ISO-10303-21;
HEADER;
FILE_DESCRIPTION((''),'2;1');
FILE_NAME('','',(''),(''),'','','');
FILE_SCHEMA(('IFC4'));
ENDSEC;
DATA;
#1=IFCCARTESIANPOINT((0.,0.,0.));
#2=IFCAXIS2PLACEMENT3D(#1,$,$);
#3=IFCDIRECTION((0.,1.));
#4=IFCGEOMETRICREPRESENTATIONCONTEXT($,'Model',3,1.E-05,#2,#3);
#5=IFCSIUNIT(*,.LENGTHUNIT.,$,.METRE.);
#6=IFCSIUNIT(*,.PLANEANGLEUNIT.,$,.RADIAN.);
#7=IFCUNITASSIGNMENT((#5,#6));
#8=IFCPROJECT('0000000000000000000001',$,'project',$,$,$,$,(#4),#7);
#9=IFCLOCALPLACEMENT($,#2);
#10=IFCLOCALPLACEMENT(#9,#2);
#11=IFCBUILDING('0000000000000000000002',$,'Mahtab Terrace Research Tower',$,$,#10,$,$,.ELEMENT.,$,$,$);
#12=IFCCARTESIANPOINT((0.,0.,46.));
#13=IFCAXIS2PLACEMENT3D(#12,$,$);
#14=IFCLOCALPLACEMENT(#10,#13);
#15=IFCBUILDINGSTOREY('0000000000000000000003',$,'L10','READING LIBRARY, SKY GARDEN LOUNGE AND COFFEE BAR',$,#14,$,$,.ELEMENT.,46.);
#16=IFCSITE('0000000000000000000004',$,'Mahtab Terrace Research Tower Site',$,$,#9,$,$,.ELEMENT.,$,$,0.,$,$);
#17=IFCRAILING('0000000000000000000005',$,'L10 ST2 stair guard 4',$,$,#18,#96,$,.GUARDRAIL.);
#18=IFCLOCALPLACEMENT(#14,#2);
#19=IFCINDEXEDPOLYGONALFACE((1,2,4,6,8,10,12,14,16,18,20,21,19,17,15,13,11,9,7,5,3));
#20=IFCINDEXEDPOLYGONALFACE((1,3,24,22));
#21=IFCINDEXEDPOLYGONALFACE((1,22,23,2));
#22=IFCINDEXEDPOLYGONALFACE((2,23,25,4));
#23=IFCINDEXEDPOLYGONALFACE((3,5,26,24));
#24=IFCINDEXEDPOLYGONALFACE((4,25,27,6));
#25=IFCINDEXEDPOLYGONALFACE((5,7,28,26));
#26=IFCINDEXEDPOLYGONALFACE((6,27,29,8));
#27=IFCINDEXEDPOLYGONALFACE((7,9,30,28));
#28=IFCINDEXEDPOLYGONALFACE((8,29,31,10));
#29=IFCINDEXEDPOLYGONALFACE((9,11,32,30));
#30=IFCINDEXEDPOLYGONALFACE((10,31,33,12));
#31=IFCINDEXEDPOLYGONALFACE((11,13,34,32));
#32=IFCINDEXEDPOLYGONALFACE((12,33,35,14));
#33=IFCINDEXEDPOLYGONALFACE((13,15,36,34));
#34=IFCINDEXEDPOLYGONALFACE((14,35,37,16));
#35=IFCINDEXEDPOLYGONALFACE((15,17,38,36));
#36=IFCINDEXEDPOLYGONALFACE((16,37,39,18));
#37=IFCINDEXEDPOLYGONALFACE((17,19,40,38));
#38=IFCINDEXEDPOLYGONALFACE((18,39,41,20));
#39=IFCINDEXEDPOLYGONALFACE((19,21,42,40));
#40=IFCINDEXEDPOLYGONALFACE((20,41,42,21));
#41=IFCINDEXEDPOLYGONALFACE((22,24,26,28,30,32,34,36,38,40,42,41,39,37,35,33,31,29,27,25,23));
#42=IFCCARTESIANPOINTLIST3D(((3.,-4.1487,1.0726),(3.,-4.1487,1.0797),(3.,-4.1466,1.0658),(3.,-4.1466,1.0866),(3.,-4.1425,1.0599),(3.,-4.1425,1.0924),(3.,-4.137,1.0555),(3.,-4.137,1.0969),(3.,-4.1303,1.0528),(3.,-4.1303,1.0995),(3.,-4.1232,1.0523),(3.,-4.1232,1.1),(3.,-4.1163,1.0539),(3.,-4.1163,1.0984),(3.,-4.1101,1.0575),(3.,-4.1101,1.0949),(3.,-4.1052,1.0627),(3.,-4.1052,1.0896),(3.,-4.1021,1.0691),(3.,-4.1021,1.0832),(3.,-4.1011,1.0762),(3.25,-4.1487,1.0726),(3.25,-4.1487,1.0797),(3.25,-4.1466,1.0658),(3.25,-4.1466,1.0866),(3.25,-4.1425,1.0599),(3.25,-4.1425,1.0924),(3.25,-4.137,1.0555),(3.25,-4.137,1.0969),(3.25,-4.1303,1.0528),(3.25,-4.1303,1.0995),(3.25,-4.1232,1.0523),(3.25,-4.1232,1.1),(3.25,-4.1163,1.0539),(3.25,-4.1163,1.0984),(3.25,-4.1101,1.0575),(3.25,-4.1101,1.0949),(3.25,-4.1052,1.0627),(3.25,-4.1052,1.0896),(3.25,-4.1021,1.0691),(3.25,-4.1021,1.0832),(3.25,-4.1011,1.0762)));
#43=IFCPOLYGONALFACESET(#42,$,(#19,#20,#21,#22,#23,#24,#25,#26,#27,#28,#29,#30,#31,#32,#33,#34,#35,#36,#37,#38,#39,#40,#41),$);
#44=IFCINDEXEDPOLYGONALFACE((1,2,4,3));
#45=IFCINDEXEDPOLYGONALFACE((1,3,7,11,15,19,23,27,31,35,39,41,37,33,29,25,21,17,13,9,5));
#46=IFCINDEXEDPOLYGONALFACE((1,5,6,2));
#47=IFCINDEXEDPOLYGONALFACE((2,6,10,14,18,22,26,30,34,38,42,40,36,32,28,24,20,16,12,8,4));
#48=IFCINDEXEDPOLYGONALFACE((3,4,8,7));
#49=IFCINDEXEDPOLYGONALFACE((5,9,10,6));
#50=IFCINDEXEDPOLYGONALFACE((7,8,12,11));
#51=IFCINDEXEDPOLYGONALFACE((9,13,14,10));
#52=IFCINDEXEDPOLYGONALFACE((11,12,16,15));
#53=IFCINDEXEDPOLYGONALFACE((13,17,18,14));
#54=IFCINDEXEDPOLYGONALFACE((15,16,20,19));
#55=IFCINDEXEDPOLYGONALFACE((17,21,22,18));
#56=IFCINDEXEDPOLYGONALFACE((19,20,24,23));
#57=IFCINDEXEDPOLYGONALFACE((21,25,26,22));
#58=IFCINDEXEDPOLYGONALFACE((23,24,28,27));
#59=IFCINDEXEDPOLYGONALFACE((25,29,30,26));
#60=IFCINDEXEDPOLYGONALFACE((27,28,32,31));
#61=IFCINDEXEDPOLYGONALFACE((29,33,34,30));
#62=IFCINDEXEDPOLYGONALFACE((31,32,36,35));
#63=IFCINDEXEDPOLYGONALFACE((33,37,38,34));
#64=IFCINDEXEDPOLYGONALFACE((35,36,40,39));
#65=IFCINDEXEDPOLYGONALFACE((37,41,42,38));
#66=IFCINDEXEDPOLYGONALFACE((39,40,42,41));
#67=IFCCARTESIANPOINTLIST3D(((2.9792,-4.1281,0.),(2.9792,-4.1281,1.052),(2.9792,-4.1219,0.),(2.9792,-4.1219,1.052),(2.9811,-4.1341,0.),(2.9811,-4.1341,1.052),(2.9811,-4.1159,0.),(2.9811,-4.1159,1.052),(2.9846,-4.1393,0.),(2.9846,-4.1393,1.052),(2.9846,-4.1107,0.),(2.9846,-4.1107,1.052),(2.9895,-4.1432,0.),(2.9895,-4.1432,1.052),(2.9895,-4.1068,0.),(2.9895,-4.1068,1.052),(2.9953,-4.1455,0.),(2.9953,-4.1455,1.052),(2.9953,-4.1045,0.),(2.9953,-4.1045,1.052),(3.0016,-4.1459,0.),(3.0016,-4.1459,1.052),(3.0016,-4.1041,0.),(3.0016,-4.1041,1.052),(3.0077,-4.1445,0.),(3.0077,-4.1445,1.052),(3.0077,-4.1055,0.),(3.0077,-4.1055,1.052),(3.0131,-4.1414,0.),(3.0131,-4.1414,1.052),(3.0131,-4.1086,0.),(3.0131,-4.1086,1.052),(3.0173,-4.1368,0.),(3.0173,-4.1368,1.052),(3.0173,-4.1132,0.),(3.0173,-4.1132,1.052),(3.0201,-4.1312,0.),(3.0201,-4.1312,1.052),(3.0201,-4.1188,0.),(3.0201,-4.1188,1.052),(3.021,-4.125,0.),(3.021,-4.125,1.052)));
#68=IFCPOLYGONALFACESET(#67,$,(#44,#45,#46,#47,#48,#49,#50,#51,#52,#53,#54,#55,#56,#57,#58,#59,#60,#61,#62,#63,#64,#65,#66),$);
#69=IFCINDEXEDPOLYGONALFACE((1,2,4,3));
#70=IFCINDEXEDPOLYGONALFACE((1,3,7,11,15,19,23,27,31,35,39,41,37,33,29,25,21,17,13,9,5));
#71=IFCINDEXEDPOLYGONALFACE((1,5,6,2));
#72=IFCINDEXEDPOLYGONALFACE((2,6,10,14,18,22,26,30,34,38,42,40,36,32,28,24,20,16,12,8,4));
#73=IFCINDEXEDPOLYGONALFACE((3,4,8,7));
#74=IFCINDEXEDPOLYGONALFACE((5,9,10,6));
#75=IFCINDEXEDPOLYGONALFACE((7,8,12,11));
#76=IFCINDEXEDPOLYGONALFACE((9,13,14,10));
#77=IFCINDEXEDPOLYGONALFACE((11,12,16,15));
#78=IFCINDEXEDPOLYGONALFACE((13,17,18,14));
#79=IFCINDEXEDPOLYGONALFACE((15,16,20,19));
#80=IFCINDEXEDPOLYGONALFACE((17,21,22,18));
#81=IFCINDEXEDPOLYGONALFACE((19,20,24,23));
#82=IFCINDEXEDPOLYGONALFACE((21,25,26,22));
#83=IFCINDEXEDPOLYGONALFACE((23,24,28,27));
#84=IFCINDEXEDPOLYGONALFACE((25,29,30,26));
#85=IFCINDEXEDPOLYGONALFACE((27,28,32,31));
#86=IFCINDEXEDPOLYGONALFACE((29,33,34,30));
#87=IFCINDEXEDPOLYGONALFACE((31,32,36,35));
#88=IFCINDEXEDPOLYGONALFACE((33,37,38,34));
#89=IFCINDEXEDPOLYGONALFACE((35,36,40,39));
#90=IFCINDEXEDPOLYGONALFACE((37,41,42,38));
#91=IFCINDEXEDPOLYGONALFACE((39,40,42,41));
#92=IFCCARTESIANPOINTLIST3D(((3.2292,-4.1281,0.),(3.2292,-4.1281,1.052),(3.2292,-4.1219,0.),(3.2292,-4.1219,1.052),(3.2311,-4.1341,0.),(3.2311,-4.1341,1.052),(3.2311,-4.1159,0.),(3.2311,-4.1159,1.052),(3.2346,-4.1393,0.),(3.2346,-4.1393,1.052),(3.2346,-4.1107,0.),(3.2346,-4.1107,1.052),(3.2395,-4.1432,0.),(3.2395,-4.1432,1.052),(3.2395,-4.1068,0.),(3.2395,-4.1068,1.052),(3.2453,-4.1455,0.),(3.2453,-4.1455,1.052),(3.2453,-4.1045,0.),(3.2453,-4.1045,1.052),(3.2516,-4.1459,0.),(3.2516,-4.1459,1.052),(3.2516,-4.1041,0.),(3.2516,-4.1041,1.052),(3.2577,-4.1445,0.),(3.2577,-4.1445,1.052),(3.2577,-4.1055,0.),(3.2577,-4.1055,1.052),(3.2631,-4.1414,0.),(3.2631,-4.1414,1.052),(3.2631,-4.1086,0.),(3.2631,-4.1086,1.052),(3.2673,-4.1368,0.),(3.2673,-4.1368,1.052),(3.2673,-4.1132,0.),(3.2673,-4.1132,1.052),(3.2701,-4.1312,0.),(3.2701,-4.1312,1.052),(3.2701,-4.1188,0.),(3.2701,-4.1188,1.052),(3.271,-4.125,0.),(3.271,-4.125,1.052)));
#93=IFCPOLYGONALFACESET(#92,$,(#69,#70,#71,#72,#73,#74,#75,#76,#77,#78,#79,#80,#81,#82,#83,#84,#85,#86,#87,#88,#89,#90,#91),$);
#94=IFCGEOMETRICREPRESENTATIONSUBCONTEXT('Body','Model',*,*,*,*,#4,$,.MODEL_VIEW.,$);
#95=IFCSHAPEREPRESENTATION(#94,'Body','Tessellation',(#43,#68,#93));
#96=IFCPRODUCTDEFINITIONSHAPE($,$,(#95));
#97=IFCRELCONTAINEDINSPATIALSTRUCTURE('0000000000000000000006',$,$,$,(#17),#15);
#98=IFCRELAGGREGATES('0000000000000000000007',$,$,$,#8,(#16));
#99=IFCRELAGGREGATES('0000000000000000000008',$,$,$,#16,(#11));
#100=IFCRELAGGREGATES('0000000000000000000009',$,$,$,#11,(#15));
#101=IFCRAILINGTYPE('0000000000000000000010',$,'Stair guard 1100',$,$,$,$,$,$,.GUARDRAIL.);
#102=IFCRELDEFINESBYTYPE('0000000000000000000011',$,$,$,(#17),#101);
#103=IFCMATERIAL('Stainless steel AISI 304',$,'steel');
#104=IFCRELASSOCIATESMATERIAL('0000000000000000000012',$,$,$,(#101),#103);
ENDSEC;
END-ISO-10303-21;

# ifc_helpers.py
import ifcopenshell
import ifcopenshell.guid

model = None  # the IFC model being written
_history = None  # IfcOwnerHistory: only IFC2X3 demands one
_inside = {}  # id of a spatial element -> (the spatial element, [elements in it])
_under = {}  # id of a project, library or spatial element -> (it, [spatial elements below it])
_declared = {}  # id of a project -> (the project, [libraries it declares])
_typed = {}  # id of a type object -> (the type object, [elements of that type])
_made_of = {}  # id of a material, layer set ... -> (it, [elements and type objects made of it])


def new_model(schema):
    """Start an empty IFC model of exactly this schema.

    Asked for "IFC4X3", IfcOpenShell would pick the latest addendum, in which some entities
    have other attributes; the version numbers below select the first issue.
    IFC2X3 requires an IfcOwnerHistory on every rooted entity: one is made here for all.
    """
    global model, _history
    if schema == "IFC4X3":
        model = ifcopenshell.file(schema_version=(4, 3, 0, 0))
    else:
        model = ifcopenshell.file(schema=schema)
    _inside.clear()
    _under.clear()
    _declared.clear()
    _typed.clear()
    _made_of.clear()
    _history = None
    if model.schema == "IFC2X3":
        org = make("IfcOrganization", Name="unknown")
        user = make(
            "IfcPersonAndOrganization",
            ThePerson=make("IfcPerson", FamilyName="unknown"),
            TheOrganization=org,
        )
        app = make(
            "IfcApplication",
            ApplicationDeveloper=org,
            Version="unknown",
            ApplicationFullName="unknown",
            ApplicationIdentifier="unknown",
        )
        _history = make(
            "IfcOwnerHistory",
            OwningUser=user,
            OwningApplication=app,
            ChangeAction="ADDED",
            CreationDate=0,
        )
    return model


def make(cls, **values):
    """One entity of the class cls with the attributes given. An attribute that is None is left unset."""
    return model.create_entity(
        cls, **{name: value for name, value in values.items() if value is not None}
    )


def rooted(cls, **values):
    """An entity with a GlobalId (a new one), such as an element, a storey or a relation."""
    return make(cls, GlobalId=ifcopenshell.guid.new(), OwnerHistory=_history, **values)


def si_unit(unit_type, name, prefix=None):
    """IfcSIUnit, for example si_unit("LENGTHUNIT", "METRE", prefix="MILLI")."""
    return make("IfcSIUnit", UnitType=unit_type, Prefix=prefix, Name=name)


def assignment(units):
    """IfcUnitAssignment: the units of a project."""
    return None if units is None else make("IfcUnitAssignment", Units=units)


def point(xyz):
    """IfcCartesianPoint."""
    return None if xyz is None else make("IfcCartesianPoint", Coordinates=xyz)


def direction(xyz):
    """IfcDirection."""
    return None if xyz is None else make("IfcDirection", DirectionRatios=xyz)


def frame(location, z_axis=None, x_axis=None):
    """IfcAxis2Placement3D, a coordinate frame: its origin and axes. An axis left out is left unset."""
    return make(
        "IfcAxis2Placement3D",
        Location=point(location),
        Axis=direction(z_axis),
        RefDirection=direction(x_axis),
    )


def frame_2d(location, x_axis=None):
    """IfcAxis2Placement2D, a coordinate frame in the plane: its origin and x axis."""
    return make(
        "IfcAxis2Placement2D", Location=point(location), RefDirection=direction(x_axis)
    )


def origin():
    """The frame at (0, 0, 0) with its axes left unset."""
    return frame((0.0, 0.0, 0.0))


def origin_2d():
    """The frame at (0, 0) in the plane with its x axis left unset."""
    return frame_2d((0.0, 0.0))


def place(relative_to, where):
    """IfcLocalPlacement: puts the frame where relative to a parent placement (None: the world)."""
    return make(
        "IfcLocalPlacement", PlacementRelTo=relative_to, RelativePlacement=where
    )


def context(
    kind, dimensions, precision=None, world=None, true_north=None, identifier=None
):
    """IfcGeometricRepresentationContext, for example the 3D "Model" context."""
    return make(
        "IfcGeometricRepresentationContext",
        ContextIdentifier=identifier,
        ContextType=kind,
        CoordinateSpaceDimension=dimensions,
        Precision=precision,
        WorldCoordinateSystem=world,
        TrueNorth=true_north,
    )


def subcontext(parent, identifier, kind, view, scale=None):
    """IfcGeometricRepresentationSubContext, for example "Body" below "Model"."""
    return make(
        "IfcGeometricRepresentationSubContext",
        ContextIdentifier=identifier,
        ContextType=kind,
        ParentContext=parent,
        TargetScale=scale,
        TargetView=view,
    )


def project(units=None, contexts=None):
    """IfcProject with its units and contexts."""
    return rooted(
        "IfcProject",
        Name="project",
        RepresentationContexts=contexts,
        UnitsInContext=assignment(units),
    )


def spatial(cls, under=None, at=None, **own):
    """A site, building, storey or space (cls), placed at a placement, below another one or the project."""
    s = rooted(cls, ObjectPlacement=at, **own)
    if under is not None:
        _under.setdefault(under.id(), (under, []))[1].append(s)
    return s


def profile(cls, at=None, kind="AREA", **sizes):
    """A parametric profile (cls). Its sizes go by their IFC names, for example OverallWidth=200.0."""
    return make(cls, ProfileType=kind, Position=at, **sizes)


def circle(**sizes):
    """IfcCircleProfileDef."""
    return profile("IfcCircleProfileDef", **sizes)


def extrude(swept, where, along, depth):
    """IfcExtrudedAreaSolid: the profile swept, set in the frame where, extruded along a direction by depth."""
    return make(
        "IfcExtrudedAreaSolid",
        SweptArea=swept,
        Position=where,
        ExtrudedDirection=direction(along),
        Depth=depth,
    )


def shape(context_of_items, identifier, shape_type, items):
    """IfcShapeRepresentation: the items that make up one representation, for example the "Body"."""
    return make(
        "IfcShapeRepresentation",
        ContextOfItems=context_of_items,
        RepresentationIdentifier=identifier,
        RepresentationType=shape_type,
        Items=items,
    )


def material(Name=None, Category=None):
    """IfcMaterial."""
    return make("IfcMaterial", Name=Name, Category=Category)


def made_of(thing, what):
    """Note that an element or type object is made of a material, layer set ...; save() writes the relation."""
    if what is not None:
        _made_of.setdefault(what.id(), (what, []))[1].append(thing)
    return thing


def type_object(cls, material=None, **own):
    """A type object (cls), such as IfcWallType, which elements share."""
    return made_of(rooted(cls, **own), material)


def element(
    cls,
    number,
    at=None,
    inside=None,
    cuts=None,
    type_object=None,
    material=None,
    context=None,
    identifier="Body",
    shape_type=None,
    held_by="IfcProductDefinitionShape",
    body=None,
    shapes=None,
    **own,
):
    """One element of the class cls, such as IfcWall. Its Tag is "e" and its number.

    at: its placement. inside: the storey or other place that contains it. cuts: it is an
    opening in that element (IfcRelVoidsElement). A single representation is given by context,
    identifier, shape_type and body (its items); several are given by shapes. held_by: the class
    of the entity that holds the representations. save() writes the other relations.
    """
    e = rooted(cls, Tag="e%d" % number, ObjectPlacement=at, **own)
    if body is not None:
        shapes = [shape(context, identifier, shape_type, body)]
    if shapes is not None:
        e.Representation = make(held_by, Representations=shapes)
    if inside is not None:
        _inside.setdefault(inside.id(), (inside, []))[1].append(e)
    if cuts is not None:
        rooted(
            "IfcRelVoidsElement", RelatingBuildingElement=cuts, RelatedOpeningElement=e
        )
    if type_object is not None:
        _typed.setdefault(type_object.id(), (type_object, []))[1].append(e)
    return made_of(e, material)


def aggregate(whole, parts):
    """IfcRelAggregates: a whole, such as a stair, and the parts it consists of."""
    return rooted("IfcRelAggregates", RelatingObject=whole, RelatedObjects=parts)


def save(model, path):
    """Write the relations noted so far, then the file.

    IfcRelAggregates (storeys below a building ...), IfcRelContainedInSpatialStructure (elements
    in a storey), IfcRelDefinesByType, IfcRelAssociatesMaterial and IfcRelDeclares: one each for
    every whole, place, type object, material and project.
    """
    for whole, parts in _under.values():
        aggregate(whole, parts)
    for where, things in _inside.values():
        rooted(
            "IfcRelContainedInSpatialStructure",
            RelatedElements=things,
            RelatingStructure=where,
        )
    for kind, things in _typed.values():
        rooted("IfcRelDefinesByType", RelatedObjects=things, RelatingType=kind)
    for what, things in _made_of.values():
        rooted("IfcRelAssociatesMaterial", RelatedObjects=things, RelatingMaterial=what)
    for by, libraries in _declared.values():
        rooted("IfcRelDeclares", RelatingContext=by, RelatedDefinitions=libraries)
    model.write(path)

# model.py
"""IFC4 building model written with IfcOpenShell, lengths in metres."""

from ifc_helpers import new_model, si_unit, direction, frame, origin, origin_2d, place, context, subcontext, project, spatial, circle, extrude, material, type_object, element, save


model = new_model("IFC4")

# Units and contexts
model_context = context("Model", 3, precision=1e-05, world=origin(), true_north=direction((0.0, 1.0)))
body_context = subcontext(model_context, "Body", "Model", "MODEL_VIEW")
ifc_project = project(units=[si_unit("LENGTHUNIT", "METRE"), si_unit("PLANEANGLEUNIT", "RADIAN")], contexts=[model_context])

# Site, building, storey
site_placement = place(None, origin())
site = spatial("IfcSite", under=ifc_project, at=site_placement, Name="Mahtab Terrace Research Tower Site", CompositionType="ELEMENT", RefElevation=0.0)
building_placement = place(site_placement, origin())
building = spatial("IfcBuilding", under=site, at=building_placement, Name="Mahtab Terrace Research Tower", CompositionType="ELEMENT")
storey_placement = place(building_placement, frame((0.0, 0.0, 46.0)))
storey = spatial("IfcBuildingStorey", under=building, at=storey_placement, Name="L10", Description="READING LIBRARY, SKY GARDEN LOUNGE AND COFFEE BAR", CompositionType="ELEMENT", Elevation=46.0)

# Railing
ifc_material_1 = material(Name="Stainless steel AISI 304", Category="steel")
railing_type_1 = type_object("IfcRailingType", Name="Stair guard 1100", PredefinedType="GUARDRAIL", material=ifc_material_1)
railing_1_placement = place(storey_placement, frame((3.0, -4.125, 0.0)))
element("IfcRailing", 1, at=railing_1_placement, inside=storey, type_object=railing_type_1, Name="L10 ST2 stair guard 4", PredefinedType="GUARDRAIL", context=body_context, shape_type="SweptSolid", body=[
    extrude(circle(Radius=0.0239, at=origin_2d()), frame((0.0, 0.0, 1.0762), z_axis=(1.0, 0.0, 0.0), x_axis=(0.0, 1.0, 0.0)), (0.0, 0.0, 1.0), 0.25),
    extrude(circle(Radius=0.021, at=origin_2d()), origin(), (0.0, 0.0, 1.0), 1.052),
    extrude(circle(Radius=0.021, at=origin_2d()), frame((0.25, 0.0, 0.0)), (0.0, 0.0, 1.0), 1.052),
])

save(model, "model.ifc")
